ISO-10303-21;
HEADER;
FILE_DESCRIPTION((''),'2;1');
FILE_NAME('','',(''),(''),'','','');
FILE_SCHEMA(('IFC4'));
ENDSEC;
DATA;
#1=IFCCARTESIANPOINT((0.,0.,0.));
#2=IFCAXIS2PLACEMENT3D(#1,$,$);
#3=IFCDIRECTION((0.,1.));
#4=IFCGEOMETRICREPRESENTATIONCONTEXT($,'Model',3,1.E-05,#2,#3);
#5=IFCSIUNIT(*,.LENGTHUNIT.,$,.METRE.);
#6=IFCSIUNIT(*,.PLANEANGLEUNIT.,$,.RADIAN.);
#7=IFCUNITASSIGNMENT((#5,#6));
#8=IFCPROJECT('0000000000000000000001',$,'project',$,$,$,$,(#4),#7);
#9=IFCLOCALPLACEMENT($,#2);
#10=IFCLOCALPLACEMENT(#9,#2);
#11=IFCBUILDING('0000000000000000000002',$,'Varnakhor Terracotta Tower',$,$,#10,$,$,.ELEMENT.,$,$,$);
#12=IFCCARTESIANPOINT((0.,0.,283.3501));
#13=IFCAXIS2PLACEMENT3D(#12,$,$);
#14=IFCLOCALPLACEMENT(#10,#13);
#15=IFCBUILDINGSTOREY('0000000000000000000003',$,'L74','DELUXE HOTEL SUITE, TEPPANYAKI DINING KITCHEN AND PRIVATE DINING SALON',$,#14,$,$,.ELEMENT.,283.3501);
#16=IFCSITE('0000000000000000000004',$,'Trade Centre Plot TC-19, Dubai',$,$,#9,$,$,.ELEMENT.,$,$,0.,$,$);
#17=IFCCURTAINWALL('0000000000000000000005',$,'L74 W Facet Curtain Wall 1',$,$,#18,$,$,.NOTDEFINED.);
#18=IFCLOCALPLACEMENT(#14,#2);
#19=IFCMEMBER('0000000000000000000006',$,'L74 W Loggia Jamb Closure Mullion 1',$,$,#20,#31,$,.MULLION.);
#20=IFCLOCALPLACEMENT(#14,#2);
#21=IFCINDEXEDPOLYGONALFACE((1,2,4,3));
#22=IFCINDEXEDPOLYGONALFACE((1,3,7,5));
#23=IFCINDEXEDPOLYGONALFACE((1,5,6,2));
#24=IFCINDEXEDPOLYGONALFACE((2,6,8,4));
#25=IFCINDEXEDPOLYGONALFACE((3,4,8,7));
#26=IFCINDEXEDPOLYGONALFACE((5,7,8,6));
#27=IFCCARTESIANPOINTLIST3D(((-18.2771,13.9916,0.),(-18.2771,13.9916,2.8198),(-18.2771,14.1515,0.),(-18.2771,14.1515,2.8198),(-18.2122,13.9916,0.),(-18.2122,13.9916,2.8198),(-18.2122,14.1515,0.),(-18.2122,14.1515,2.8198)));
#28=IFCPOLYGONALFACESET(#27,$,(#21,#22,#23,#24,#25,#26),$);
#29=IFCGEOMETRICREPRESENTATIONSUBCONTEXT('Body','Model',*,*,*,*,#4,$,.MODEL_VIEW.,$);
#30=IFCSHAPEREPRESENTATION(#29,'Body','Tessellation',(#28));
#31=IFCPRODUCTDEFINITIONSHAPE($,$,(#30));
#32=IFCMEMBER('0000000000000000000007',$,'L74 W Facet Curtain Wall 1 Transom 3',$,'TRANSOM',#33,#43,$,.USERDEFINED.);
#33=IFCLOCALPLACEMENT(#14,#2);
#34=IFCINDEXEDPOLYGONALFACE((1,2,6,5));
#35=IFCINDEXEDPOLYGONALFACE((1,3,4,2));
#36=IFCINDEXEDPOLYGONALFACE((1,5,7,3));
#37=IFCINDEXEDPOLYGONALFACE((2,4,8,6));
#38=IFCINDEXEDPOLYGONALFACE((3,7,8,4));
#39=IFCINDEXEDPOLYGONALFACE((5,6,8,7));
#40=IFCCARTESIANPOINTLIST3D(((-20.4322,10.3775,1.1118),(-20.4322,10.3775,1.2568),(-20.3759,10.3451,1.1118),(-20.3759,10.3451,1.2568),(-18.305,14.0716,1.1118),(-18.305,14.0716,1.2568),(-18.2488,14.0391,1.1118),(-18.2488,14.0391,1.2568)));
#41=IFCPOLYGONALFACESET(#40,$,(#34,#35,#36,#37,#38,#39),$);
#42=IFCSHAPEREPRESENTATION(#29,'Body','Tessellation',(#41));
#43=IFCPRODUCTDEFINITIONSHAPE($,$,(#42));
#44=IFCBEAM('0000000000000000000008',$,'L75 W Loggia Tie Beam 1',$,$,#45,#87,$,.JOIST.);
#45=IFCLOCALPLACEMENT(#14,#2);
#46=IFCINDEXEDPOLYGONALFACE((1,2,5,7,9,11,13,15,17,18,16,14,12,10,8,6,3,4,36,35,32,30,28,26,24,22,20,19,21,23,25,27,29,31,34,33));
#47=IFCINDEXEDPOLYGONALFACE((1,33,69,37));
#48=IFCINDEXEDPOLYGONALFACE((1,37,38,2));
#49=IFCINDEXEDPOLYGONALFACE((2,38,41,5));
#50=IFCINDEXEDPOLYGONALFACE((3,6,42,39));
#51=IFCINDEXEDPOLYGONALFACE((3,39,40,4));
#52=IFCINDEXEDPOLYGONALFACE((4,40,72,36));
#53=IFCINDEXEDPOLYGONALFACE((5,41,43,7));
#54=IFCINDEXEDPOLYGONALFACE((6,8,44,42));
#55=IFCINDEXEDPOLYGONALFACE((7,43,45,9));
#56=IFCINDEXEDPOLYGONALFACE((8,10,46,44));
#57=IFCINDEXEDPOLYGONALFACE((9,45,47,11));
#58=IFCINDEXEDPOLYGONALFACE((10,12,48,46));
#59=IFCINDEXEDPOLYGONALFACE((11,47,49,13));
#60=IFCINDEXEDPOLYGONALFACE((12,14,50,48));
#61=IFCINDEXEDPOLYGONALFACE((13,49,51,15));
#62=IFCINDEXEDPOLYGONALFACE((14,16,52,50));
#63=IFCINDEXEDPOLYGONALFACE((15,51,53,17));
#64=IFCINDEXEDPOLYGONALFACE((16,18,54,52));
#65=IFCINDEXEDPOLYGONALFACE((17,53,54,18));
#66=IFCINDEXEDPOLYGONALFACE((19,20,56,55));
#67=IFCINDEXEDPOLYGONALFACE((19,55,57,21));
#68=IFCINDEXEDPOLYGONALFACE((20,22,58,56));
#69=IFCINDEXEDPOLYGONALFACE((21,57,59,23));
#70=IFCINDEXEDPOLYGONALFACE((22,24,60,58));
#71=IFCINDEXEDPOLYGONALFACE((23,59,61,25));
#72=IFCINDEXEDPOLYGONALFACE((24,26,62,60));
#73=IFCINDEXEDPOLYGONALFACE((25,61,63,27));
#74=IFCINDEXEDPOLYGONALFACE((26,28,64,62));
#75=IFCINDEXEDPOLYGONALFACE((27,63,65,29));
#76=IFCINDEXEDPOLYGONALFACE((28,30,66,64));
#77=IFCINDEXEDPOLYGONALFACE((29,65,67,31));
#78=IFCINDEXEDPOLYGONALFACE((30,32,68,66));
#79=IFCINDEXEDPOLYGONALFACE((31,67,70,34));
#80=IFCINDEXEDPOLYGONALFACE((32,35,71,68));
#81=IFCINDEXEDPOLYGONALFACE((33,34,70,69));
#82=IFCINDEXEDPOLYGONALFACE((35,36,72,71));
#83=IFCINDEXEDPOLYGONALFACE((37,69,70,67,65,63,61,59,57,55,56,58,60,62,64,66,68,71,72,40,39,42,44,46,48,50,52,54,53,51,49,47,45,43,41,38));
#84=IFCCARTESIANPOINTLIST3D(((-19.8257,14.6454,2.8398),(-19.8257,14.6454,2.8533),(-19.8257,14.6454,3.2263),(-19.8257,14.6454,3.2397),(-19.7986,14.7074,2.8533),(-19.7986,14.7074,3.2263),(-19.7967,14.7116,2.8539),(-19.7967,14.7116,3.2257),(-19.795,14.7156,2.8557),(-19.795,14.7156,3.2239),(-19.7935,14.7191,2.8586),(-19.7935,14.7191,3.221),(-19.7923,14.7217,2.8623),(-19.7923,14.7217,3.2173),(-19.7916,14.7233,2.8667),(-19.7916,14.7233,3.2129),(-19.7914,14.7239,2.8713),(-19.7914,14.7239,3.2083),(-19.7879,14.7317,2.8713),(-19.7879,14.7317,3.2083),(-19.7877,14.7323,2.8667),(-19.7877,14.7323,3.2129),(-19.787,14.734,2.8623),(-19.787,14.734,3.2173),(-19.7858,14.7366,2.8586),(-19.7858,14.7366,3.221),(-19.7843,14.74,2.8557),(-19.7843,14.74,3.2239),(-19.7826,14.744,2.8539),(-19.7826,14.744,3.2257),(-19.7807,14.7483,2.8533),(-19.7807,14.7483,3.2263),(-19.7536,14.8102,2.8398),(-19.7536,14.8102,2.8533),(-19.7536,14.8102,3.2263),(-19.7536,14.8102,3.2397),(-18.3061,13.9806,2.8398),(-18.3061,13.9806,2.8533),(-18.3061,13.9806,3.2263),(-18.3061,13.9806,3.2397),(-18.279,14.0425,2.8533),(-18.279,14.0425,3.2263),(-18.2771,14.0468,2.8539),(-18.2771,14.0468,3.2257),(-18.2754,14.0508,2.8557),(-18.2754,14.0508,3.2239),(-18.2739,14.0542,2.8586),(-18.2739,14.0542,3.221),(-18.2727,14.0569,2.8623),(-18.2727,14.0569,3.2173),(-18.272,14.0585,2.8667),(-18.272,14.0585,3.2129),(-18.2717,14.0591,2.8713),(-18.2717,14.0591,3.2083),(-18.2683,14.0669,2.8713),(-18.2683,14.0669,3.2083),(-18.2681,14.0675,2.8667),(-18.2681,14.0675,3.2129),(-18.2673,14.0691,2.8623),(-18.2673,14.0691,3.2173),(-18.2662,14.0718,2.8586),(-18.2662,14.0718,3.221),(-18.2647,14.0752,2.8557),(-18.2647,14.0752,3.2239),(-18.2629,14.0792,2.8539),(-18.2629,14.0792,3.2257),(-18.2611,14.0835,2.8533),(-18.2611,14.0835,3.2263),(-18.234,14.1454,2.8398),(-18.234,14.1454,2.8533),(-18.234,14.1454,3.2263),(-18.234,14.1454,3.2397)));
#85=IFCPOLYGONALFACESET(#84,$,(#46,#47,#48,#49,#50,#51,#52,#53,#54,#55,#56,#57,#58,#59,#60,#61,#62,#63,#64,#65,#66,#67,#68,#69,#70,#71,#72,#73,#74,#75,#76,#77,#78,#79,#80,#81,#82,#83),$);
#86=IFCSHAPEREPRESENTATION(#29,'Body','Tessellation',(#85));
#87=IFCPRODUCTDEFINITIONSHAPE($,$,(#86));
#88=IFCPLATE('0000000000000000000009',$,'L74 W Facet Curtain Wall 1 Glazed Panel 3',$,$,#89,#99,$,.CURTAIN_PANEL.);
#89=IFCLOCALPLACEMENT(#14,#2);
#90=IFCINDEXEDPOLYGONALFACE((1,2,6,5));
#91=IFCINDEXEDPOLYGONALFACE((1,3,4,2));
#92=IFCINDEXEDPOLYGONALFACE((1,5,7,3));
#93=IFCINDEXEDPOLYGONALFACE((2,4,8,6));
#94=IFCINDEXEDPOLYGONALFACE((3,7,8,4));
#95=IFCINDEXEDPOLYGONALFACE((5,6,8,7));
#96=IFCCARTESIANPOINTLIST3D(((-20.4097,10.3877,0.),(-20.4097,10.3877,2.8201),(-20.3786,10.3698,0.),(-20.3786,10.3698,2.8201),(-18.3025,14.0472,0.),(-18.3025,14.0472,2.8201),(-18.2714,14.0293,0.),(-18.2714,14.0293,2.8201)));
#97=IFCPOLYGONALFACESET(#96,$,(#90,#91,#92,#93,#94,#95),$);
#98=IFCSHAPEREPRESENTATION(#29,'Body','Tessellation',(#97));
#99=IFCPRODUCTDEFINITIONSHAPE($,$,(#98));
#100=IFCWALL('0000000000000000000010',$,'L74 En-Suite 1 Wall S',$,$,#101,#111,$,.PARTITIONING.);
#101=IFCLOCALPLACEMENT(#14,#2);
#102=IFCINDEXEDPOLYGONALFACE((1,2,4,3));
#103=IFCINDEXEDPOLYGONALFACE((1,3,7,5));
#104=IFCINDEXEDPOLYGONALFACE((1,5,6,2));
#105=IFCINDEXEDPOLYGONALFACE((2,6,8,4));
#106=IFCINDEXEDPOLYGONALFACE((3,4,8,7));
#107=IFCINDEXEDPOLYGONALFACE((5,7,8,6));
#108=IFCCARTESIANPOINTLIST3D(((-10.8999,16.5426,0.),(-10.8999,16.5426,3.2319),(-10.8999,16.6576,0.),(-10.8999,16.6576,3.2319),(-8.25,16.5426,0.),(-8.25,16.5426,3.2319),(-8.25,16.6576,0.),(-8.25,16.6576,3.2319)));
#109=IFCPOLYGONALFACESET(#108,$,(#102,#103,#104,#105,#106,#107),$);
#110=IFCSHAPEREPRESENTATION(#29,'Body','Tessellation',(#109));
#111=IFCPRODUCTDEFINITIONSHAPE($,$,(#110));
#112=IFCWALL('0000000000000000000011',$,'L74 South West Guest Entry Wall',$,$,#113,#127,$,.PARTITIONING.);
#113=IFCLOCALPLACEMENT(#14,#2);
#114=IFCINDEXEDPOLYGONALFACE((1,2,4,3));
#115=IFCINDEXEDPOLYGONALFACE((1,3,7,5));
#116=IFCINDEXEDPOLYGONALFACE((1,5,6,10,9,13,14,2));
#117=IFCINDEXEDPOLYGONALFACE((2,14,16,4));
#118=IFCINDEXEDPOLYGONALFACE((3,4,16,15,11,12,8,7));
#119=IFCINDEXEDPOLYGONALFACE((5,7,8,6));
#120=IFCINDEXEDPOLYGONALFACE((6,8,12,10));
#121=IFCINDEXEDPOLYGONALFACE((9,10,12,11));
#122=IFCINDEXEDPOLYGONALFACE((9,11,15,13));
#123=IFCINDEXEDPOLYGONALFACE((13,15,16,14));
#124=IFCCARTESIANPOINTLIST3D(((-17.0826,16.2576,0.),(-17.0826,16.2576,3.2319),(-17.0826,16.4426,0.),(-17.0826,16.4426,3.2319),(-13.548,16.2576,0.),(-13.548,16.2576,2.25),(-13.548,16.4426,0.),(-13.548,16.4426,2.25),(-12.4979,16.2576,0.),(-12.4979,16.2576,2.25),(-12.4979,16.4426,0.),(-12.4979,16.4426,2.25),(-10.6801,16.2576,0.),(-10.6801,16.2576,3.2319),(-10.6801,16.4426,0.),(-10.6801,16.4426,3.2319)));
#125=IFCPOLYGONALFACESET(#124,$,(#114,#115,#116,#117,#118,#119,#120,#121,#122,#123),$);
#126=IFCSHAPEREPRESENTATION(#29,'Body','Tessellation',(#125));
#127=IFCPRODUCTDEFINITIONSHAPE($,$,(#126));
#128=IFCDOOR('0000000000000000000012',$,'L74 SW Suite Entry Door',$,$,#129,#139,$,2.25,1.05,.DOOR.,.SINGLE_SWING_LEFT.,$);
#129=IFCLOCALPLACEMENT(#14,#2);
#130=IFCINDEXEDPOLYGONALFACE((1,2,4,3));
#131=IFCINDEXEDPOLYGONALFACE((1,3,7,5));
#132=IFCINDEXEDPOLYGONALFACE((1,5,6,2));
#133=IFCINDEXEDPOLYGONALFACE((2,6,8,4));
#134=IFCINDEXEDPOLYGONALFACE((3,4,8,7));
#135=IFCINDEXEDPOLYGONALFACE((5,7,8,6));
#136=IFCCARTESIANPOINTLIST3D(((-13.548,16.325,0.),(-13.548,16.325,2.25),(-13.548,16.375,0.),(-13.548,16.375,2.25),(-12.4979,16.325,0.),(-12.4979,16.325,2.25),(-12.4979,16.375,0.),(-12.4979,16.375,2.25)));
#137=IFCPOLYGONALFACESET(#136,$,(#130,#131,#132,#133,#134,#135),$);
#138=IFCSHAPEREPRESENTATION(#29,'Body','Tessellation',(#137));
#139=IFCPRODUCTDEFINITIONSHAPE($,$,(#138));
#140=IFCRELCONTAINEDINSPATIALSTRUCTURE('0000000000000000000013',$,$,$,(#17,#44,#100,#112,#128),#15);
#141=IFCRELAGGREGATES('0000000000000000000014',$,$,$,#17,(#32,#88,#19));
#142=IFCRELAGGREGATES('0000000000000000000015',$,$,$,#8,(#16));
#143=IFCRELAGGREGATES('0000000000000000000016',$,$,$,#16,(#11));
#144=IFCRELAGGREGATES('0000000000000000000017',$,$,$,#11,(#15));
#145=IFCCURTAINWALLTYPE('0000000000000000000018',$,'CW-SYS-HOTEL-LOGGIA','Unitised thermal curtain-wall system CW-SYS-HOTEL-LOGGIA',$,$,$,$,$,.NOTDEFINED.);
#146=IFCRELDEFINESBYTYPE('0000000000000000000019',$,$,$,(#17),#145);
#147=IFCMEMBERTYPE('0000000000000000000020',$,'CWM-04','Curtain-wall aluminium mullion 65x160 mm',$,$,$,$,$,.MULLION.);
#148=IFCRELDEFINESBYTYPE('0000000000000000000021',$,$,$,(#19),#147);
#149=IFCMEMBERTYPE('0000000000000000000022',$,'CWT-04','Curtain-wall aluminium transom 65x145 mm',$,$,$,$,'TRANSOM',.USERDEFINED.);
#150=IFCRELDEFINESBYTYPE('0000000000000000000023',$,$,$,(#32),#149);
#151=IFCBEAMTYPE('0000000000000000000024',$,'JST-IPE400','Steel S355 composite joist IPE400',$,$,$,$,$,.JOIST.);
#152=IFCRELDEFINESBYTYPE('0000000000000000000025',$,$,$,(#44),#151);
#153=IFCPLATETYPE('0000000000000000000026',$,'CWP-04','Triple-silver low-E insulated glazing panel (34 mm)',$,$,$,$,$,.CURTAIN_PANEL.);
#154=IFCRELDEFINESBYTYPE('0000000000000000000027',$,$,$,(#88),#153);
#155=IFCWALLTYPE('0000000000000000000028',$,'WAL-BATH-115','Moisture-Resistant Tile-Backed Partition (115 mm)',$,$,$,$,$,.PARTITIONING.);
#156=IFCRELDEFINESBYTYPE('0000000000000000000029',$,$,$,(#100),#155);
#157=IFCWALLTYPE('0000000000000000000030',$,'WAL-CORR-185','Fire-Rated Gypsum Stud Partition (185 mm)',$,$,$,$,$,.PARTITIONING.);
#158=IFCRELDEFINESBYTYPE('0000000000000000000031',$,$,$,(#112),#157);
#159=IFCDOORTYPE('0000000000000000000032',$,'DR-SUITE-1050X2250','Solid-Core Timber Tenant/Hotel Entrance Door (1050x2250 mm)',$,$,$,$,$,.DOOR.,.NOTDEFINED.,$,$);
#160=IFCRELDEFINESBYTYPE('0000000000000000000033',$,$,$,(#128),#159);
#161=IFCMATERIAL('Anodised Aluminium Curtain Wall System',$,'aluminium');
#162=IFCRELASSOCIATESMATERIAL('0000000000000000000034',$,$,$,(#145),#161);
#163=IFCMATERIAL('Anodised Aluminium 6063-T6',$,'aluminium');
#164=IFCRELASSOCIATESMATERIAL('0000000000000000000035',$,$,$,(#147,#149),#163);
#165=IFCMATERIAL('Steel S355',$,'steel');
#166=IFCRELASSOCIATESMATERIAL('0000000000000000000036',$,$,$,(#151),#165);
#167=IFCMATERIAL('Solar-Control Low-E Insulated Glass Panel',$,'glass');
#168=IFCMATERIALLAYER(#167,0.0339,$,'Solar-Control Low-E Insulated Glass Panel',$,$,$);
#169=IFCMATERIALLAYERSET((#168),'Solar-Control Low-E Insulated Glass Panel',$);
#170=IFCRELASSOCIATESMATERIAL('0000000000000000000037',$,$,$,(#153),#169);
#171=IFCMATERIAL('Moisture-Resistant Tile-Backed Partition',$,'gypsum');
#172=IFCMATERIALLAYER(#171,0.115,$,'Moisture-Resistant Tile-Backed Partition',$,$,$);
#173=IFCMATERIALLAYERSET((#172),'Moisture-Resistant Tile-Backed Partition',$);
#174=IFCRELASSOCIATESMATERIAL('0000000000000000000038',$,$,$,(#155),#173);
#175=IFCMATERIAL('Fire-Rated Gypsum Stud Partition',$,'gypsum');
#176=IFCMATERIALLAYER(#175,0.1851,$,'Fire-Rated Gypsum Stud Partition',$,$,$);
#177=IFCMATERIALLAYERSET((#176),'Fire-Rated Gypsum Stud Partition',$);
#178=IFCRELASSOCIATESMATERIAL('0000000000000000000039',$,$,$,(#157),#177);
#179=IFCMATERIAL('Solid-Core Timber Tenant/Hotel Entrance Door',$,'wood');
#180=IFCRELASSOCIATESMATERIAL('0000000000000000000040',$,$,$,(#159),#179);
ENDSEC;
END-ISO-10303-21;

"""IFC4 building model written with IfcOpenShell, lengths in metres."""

from ifc_helpers import new_model, si_unit, direction, frame, frame_2d, origin, origin_2d, place, context, subcontext, project, spatial, rectangle, i_section, extrude, source, transform, mapped, material, layer, layer_set, material_profile, profile_set, type_object, type_shapes, element, fill, aggregate, save


model = new_model("IFC4")

# Units and contexts
model_context = context("Model", 3, precision=1e-05, world=origin(), true_north=direction((0.0, 1.0)))
body_context = subcontext(model_context, "Body", "Model", "MODEL_VIEW")
ifc_project = project(units=[si_unit("LENGTHUNIT", "METRE"), si_unit("PLANEANGLEUNIT", "RADIAN")], contexts=[model_context])

# Site, building, storey
site_placement = place(None, origin())
site = spatial("IfcSite", under=ifc_project, at=site_placement, Name="Trade Centre Plot TC-19, Dubai", CompositionType="ELEMENT", RefElevation=0.0)
building_placement = place(site_placement, origin())
building = spatial("IfcBuilding", under=site, at=building_placement, Name="Varnakhor Terracotta Tower", CompositionType="ELEMENT")
storey_placement = place(building_placement, frame((0.0, 0.0, 283.3501)))
storey = spatial("IfcBuildingStorey", under=building, at=storey_placement, Name="L74", Description="DELUXE HOTEL SUITE, TEPPANYAKI DINING KITCHEN AND PRIVATE DINING SALON", CompositionType="ELEMENT", Elevation=283.3501)

# Shared definitions
ifc_material_1 = material(Name="Steel S355", Category="steel")

# Curtain wall, members
ifc_material_2 = material(Name="Anodised Aluminium Curtain Wall System", Category="aluminium")
curtain_wall_type = type_object("IfcCurtainWallType", Name="CW-SYS-HOTEL-LOGGIA", Description="Unitised thermal curtain-wall system CW-SYS-HOTEL-LOGGIA", PredefinedType="NOTDEFINED", material=ifc_material_2)
curtain_wall_placement = place(storey_placement, origin())
curtain_wall = element("IfcCurtainWall", 1, at=curtain_wall_placement, inside=storey, type_object=curtain_wall_type, Name="L74 W Facet Curtain Wall 1", PredefinedType="NOTDEFINED")
ifc_material_3 = material(Name="Anodised Aluminium 6063-T6", Category="aluminium")
ifc_material_profile_1 = material_profile(ifc_material_3, rectangle(XDim=0.0649, YDim=0.1599, at=origin_2d()), Name="ALU MULLION 65x160")
ifc_profile_set_1 = profile_set([ifc_material_profile_1], Name="Anodised Aluminium 6063-T6")
member_type_1 = type_object("IfcMemberType", Name="CWM-04", Description="Curtain-wall aluminium mullion 65x160 mm", PredefinedType="MULLION", material=ifc_profile_set_1)
shared_shape_1 = source(origin(), body_context, "Body", "SweptSolid", [
    extrude(rectangle(XDim=0.0649, YDim=0.1599, at=origin_2d()), origin(), (0.0, 0.0, 1.0), 2.8198),
])
member_1_placement = place(storey_placement, frame((-18.2446, 14.0715, 0.0), z_axis=(0.0, 0.0, 1.0), x_axis=(1.0, 0.0, 0.0)))
member_1 = element("IfcMember", 2, at=member_1_placement, type_object=member_type_1, Name="L74 W Loggia Jamb Closure Mullion 1", PredefinedType="MULLION", context=body_context, shape_type="MappedRepresentation", body=[
    mapped(shared_shape_1, transform((0.0, 0.0, 0.0), scale=1.0)),
])
ifc_material_profile_2 = material_profile(ifc_material_3, rectangle(XDim=0.0649, YDim=0.145, at=origin_2d()), Name="ALU TRANSOM 65x145")
ifc_profile_set_2 = profile_set([ifc_material_profile_2], Name="Anodised Aluminium 6063-T6")
member_type_2 = type_object("IfcMemberType", Name="CWT-04", Description="Curtain-wall aluminium transom 65x145 mm", ElementType="TRANSOM", PredefinedType="USERDEFINED", material=ifc_profile_set_2)
shared_shape_2 = source(origin(), body_context, "Body", "SweptSolid", [
    extrude(rectangle(XDim=0.0649, YDim=0.145, at=origin_2d()), origin(), (0.0, 0.0, 1.0), 4.2627),
])
member_2_placement = place(storey_placement, frame((-20.4041, 10.3613, 1.1843), z_axis=(0.499017, 0.866592, 0.0), x_axis=(-0.866592, 0.499017, 0.0)))
member_2 = element("IfcMember", 3, at=member_2_placement, type_object=member_type_2, Name="L74 W Facet Curtain Wall 1 Transom 3", ObjectType="TRANSOM", PredefinedType="USERDEFINED", context=body_context, shape_type="MappedRepresentation", body=[
    mapped(shared_shape_2, transform((0.0, 0.0, 0.0), scale=1.0)),
])

# Beam
ifc_material_profile_3 = material_profile(ifc_material_1, i_section(OverallWidth=0.1799, OverallDepth=0.3999, WebThickness=0.0085, FlangeThickness=0.0134, FilletRadius=0.0181, at=origin_2d()), Name="IPE400")
ifc_profile_set_3 = profile_set([ifc_material_profile_3], Name="Steel S355")
beam_type_1 = type_object("IfcBeamType", Name="JST-IPE400", Description="Steel S355 composite joist IPE400", PredefinedType="JOIST", material=ifc_profile_set_3)
shared_shape_3 = source(origin(), body_context, "Body", "SweptSolid", [
    extrude(i_section(OverallWidth=0.1799, OverallDepth=0.3999, WebThickness=0.0085, FlangeThickness=0.0134, FilletRadius=0.0181, at=origin_2d()), origin(), (0.0, 0.0, 1.0), 1.6587),
])
beam_1_placement = place(storey_placement, frame((-18.27, 14.063, 3.0398), z_axis=(-0.916157, 0.400819, 0.0), x_axis=(-0.400819, -0.916157, 0.0)))
element("IfcBeam", 4, at=beam_1_placement, inside=storey, type_object=beam_type_1, Name="L75 W Loggia Tie Beam 1", PredefinedType="JOIST", context=body_context, shape_type="MappedRepresentation", body=[
    mapped(shared_shape_3, transform((0.0, 0.0, 0.0), scale=1.0)),
])

# Plate
ifc_material_4 = material(Name="Solar-Control Low-E Insulated Glass Panel", Category="glass")
ifc_layer_1 = layer(ifc_material_4, 0.0339, Name="Solar-Control Low-E Insulated Glass Panel")
ifc_layer_set_1 = layer_set([ifc_layer_1], Name="Solar-Control Low-E Insulated Glass Panel")
plate_type = type_object("IfcPlateType", Name="CWP-04", Description="Triple-silver low-E insulated glazing panel (34 mm)", PredefinedType="CURTAIN_PANEL", material=ifc_layer_set_1)
shared_shape_4 = source(origin(), body_context, "Body", "SweptSolid", [
    extrude(rectangle(XDim=4.2229, YDim=0.0359, at=origin_2d()), origin(), (0.0, 0.0, 1.0), 2.8201),
])
plate_placement = place(storey_placement, frame((-19.3406, 12.2085, 0.0), z_axis=(0.0, 0.0, 1.0), x_axis=(0.499002, 0.866601, 0.0)))
plate = element("IfcPlate", 5, at=plate_placement, type_object=plate_type, Name="L74 W Facet Curtain Wall 1 Glazed Panel 3", PredefinedType="CURTAIN_PANEL", context=body_context, shape_type="MappedRepresentation", body=[
    mapped(shared_shape_4, transform((0.0, 0.0, 0.0), scale=1.0)),
])
aggregate(curtain_wall, [member_2, plate, member_1])

# Wall
ifc_material_5 = material(Name="Moisture-Resistant Tile-Backed Partition", Category="gypsum")
ifc_layer_2 = layer(ifc_material_5, 0.115, Name="Moisture-Resistant Tile-Backed Partition")
ifc_layer_set_2 = layer_set([ifc_layer_2], Name="Moisture-Resistant Tile-Backed Partition")
wall_type_1 = type_object("IfcWallType", Name="WAL-BATH-115", Description="Moisture-Resistant Tile-Backed Partition (115 mm)", PredefinedType="PARTITIONING", material=ifc_layer_set_2)
wall_1_placement = place(storey_placement, frame((-10.8999, 16.6001, 0.0), z_axis=(0.0, 0.0, 1.0), x_axis=(1.0, 0.0, 0.0)))
element("IfcWall", 6, at=wall_1_placement, inside=storey, type_object=wall_type_1, Name="L74 En-Suite 1 Wall S", PredefinedType="PARTITIONING", context=body_context, shape_type="SweptSolid", body=[
    extrude(rectangle(XDim=2.6499, YDim=0.115, at=frame_2d((1.325, 0.0))), origin(), (0.0, 0.0, 1.0), 3.2319),
])

# Wall, opening, door
ifc_material_6 = material(Name="Fire-Rated Gypsum Stud Partition", Category="gypsum")
ifc_layer_3 = layer(ifc_material_6, 0.1851, Name="Fire-Rated Gypsum Stud Partition")
ifc_layer_set_3 = layer_set([ifc_layer_3], Name="Fire-Rated Gypsum Stud Partition")
wall_type_2 = type_object("IfcWallType", Name="WAL-CORR-185", Description="Fire-Rated Gypsum Stud Partition (185 mm)", PredefinedType="PARTITIONING", material=ifc_layer_set_3)
wall_2_placement = place(storey_placement, frame((-17.0825, 16.3501, 0.0), z_axis=(0.0, 0.0, 1.0), x_axis=(1.0, 0.0, 0.0)))
wall_2 = element("IfcWall", 7, at=wall_2_placement, inside=storey, type_object=wall_type_2, Name="L74 South West Guest Entry Wall", PredefinedType="PARTITIONING", context=body_context, shape_type="SweptSolid", body=[
    extrude(rectangle(XDim=6.4026, YDim=0.1851, at=frame_2d((3.2012, 0.0))), origin(), (0.0, 0.0, 1.0), 3.2319),
])
opening_1_placement = place(wall_2_placement, frame((3.5347, 0.0, 0.0)))
opening_1 = element("IfcOpeningElement", 8, at=opening_1_placement, cuts=wall_2, PredefinedType="OPENING", context=body_context, shape_type="SweptSolid", body=[
    extrude(rectangle(XDim=1.05, YDim=2.25, at=frame_2d((0.5249, 1.125))), frame((0.0, 0.1025, 0.0), z_axis=(0.0, -1.0, 0.0), x_axis=(1.0, 0.0, 0.0)), (0.0, 0.0, 1.0), 0.2051),
])
ifc_material_7 = material(Name="Solid-Core Timber Tenant/Hotel Entrance Door", Category="wood")
door_type_1 = type_object("IfcDoorType", Name="DR-SUITE-1050X2250", Description="Solid-Core Timber Tenant/Hotel Entrance Door (1050x2250 mm)", OperationType="NOTDEFINED", PredefinedType="DOOR", material=ifc_material_7)
shared_shape_5 = source(origin(), body_context, "Body", "SweptSolid", [
    extrude(rectangle(XDim=1.05, YDim=2.25, at=frame_2d((0.5249, 1.125))), frame((0.0, 0.0249, 0.0), z_axis=(0.0, -1.0, 0.0), x_axis=(1.0, 0.0, 0.0)), (0.0, 0.0, 1.0), 0.05),
])
type_shapes(door_type_1, [shared_shape_5])
door_1_placement = place(opening_1_placement, origin())
door_1 = element("IfcDoor", 9, at=door_1_placement, inside=storey, type_object=door_type_1, Name="L74 SW Suite Entry Door", OperationType="SINGLE_SWING_LEFT", OverallHeight=2.25, OverallWidth=1.05, PredefinedType="DOOR", context=body_context, shape_type="MappedRepresentation", body=[
    mapped(shared_shape_5, transform((0.0, 0.0, 0.0), scale=1.0)),
])
fill(opening_1, door_1)

save(model, "model.ifc")
